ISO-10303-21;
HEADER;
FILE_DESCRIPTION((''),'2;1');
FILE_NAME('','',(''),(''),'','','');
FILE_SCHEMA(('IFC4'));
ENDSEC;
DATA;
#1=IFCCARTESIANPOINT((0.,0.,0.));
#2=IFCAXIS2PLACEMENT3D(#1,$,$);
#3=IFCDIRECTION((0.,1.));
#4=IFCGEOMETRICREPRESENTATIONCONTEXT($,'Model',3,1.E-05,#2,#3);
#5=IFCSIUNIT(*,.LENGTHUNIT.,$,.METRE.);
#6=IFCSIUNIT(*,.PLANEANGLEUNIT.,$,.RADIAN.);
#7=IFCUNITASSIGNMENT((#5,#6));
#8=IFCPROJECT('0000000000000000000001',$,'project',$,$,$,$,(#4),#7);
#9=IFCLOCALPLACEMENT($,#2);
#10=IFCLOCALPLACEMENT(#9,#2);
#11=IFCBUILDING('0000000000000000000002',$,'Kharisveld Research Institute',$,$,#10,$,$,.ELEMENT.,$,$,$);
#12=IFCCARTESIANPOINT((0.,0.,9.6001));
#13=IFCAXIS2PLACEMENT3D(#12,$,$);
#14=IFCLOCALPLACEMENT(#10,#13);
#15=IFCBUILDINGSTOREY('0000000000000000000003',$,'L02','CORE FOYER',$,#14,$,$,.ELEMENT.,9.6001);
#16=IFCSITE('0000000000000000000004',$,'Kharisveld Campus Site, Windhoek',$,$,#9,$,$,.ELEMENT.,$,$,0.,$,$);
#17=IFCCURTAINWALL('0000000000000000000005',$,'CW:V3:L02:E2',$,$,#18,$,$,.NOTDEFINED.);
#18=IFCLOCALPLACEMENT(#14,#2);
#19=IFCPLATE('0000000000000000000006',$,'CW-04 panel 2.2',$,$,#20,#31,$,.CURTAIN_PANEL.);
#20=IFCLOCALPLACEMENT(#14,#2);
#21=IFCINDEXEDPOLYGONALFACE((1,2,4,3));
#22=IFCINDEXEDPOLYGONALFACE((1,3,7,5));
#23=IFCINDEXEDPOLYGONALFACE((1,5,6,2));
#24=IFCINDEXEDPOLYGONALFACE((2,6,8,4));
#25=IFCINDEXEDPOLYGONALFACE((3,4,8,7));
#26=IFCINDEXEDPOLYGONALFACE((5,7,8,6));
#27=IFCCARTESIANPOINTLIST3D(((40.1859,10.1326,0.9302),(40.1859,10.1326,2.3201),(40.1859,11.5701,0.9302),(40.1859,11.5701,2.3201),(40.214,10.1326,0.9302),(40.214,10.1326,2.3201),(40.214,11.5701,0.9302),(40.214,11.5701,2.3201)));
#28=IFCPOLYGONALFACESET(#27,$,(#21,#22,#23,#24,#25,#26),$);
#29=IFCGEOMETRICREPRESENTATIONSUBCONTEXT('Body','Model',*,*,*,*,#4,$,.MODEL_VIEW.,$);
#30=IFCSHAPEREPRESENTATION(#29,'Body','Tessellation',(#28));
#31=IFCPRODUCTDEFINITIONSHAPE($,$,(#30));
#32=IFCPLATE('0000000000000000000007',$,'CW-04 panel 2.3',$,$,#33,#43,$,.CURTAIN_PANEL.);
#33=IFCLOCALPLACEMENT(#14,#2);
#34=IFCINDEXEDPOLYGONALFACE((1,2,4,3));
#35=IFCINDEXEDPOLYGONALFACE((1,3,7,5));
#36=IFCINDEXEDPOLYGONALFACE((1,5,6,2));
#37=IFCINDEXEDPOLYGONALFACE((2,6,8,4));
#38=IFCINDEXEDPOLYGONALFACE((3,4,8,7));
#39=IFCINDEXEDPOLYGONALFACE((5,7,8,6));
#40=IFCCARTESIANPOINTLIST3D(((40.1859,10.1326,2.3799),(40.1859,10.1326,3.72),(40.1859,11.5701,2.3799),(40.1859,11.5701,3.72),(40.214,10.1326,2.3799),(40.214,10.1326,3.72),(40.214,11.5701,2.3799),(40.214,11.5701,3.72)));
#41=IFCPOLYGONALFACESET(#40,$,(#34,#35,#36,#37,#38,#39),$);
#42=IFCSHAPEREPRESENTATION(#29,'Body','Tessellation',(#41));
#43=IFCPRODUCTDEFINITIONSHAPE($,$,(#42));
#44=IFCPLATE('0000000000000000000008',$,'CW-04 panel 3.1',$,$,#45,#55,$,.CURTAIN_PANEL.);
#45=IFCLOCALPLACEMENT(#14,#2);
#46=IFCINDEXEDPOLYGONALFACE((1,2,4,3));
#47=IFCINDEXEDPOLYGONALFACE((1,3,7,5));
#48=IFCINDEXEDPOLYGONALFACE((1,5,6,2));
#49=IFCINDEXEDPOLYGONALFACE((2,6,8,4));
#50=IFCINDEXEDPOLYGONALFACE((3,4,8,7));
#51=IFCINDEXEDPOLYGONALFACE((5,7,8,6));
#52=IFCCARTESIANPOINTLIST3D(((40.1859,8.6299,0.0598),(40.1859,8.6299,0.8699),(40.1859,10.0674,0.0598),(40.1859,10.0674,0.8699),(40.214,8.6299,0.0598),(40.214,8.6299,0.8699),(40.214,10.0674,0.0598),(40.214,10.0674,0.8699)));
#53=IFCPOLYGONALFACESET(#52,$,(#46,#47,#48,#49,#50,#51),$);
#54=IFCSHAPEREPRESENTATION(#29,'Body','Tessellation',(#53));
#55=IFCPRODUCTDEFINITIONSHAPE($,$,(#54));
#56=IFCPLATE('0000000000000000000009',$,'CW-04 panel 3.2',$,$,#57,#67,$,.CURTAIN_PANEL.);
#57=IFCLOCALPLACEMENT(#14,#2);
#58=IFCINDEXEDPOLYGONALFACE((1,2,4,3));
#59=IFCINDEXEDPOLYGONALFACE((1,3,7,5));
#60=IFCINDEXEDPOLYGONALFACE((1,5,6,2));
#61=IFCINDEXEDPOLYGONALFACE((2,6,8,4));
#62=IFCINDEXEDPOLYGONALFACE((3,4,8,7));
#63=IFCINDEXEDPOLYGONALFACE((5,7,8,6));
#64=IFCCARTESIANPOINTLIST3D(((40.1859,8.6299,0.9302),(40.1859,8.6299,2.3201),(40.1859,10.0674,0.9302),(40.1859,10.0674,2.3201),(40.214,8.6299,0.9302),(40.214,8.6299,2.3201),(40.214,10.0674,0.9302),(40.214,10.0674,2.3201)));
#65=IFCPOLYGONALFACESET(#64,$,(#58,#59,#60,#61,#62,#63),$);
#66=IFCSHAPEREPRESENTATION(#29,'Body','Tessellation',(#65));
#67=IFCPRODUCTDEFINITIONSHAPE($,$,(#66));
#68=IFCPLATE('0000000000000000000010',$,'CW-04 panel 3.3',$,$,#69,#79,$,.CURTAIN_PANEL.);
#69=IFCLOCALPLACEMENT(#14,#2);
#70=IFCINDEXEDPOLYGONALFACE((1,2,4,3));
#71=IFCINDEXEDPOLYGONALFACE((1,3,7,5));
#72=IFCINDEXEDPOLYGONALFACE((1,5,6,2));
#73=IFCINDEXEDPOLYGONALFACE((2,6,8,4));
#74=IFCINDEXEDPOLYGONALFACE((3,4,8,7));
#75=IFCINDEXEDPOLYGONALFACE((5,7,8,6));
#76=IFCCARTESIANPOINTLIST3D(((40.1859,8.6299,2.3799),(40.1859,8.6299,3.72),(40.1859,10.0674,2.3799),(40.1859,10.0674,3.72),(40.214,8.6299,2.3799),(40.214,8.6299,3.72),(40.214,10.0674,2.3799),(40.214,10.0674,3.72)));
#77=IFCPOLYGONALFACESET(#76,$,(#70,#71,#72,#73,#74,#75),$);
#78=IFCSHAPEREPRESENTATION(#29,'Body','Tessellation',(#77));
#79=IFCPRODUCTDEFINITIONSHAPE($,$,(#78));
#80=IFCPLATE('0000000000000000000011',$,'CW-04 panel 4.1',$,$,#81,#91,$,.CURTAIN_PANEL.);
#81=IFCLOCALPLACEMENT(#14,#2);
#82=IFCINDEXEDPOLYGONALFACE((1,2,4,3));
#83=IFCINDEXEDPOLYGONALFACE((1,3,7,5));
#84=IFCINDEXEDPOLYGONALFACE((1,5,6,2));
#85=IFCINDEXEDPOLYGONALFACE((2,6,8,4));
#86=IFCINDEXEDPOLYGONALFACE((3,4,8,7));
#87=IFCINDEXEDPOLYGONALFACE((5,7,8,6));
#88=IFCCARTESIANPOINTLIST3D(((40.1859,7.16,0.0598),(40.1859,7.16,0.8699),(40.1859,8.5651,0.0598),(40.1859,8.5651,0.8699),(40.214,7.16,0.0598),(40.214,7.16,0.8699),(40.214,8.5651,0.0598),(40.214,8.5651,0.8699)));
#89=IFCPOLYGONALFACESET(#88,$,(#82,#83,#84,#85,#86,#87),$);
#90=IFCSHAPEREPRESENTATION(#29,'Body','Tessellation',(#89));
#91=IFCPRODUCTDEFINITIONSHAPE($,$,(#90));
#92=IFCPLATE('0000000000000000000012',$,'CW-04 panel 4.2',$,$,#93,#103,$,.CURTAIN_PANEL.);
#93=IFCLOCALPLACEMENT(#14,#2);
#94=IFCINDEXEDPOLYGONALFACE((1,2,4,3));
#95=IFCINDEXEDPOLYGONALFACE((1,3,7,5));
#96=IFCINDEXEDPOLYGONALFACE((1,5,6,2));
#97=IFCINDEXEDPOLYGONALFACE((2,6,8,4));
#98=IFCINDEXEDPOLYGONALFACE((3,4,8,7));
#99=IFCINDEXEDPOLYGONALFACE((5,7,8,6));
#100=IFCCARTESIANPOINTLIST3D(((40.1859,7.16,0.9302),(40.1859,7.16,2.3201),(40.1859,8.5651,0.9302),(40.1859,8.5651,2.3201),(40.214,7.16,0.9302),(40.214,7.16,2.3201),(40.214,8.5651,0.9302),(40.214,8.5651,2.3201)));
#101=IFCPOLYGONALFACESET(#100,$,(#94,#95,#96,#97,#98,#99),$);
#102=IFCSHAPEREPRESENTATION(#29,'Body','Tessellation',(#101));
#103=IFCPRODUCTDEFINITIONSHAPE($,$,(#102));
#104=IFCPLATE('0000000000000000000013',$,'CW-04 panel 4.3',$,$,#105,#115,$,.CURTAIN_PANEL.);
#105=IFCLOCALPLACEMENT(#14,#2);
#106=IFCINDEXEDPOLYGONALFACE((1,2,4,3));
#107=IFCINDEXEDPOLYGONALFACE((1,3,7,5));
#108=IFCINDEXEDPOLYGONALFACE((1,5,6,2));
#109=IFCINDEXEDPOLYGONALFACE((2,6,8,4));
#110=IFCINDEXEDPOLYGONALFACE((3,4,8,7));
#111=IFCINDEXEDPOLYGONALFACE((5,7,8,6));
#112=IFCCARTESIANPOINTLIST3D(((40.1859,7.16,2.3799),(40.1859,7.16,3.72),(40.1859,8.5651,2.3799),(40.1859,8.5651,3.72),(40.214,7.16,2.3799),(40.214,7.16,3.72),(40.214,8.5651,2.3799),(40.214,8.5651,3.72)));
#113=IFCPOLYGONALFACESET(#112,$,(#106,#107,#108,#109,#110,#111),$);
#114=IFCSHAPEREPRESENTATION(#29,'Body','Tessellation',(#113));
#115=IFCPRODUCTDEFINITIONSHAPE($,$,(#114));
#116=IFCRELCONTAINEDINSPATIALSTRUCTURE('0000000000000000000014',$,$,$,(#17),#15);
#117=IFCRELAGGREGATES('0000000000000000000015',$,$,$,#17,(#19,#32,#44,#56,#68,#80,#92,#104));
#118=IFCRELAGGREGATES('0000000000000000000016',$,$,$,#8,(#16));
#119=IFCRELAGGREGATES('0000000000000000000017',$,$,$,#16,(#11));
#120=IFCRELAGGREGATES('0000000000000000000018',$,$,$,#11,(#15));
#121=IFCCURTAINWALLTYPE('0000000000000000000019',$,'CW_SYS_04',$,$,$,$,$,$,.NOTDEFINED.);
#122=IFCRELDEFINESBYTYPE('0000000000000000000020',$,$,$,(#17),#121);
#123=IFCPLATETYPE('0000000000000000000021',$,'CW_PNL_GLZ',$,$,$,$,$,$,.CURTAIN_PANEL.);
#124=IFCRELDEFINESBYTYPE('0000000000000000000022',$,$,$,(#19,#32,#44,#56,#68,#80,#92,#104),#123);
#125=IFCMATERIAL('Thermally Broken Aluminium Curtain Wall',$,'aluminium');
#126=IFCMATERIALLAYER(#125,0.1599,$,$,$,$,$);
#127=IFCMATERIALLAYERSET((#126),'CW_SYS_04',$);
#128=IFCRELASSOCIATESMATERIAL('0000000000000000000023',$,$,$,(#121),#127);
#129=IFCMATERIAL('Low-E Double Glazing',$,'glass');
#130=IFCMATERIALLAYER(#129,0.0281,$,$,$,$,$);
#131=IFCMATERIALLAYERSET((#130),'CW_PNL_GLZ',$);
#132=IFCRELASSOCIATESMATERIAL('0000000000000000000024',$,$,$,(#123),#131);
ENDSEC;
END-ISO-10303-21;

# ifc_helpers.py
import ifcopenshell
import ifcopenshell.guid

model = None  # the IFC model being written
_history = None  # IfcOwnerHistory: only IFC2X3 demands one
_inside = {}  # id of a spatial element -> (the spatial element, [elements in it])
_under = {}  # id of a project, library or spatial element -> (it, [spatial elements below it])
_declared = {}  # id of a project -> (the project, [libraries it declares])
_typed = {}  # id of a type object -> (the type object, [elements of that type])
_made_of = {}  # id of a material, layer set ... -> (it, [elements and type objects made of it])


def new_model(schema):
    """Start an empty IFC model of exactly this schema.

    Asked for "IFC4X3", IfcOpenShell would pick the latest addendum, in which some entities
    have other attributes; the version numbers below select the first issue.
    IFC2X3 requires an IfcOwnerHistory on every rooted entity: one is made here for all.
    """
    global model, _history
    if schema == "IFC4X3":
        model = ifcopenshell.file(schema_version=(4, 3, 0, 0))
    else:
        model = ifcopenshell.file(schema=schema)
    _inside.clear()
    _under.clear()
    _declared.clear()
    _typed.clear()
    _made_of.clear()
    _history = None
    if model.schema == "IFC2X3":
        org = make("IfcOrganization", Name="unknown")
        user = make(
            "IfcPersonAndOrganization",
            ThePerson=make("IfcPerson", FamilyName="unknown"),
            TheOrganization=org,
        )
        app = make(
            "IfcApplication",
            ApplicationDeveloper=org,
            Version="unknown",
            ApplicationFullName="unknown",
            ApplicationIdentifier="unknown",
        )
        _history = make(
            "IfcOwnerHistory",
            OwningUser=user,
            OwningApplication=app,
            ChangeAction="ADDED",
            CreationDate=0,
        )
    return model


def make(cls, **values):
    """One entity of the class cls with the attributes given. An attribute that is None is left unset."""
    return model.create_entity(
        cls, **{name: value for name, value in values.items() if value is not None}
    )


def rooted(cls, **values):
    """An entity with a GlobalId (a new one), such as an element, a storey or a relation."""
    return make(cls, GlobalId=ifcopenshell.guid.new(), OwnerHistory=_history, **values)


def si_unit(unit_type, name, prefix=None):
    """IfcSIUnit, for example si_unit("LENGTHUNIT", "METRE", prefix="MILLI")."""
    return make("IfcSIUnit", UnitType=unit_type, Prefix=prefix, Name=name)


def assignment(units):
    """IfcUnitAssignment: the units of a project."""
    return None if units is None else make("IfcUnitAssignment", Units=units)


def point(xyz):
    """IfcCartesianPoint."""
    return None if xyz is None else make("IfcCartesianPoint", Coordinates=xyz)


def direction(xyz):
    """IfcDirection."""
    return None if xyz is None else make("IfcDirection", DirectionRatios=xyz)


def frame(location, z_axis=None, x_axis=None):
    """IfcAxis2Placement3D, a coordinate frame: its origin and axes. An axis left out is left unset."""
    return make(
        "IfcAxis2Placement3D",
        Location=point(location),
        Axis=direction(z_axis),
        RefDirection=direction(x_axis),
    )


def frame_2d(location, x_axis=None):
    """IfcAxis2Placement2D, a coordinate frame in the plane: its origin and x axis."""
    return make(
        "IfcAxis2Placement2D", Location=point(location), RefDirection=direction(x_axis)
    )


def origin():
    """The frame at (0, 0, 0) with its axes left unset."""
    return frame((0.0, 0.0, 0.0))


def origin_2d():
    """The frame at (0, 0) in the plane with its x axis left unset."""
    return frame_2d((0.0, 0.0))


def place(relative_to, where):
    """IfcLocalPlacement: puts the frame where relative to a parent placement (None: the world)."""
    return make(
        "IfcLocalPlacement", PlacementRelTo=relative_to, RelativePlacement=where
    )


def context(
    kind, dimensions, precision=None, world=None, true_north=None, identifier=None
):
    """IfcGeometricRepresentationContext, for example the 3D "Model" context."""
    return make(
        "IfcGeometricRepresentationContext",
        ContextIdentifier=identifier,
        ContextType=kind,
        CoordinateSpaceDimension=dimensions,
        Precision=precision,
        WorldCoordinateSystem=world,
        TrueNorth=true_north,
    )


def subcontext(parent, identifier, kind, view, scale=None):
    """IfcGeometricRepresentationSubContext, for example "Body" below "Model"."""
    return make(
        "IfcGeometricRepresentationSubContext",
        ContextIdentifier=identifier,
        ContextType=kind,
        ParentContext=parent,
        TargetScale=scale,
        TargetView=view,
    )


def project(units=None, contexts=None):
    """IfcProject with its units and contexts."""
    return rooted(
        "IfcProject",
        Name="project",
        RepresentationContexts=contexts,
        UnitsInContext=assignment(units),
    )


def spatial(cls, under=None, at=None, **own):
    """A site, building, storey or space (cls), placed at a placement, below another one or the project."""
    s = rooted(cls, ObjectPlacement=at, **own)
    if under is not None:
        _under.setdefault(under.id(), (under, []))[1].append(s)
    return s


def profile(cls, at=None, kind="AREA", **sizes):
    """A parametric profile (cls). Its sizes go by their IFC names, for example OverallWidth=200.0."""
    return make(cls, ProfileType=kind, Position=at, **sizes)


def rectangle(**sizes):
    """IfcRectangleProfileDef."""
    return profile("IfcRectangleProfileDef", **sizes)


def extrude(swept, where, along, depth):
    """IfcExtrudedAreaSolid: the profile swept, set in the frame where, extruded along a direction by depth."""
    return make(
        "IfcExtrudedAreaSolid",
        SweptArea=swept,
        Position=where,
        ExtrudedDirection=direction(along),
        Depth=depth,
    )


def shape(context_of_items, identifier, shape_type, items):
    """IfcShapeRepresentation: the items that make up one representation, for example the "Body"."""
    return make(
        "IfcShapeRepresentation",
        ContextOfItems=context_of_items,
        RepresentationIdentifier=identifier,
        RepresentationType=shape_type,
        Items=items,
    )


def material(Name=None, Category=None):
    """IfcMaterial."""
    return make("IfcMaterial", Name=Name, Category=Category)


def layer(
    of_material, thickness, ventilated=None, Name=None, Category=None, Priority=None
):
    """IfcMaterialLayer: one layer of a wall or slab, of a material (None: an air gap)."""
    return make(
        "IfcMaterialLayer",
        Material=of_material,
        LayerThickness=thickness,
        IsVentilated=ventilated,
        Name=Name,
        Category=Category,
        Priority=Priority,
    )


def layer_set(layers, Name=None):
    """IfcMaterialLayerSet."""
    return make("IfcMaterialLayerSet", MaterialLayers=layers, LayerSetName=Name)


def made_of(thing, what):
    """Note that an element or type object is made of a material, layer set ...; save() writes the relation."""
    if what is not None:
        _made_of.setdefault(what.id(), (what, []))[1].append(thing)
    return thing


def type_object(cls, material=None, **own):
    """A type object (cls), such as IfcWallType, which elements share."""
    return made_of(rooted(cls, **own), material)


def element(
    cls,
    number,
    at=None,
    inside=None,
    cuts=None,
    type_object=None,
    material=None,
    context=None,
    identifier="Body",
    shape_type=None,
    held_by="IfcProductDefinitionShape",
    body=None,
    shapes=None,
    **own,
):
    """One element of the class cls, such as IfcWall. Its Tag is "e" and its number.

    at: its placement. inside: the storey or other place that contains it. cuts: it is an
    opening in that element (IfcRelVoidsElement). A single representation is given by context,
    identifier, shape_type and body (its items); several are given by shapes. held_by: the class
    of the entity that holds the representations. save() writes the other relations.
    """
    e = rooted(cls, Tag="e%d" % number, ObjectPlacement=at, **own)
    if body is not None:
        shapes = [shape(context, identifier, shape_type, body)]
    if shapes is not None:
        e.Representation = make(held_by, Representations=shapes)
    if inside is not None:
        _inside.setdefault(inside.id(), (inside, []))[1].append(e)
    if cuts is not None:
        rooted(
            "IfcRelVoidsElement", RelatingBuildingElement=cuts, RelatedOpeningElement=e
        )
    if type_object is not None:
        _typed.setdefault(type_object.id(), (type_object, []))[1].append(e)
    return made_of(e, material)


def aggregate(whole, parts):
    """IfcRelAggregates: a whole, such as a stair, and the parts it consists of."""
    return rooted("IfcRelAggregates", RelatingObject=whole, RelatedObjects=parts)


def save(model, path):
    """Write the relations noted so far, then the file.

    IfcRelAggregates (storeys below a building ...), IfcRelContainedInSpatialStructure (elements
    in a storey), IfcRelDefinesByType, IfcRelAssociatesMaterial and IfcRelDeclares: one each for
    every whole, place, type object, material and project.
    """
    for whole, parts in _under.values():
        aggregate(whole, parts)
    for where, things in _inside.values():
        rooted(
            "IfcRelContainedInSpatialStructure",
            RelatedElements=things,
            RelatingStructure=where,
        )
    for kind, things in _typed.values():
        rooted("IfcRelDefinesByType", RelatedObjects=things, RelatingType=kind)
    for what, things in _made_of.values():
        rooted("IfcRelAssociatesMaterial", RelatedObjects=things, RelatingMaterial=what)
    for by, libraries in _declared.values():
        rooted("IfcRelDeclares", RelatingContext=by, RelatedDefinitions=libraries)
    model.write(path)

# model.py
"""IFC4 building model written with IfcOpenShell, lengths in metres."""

from ifc_helpers import new_model, si_unit, direction, frame, origin, origin_2d, place, context, subcontext, project, spatial, rectangle, extrude, material, layer, layer_set, type_object, element, aggregate, save


model = new_model("IFC4")

# Units and contexts
model_context = context("Model", 3, precision=1e-05, world=origin(), true_north=direction((0.0, 1.0)))
body_context = subcontext(model_context, "Body", "Model", "MODEL_VIEW")
ifc_project = project(units=[si_unit("LENGTHUNIT", "METRE"), si_unit("PLANEANGLEUNIT", "RADIAN")], contexts=[model_context])

# Site, building, storey
site_placement = place(None, origin())
site = spatial("IfcSite", under=ifc_project, at=site_placement, Name="Kharisveld Campus Site, Windhoek", CompositionType="ELEMENT", RefElevation=0.0)
building_placement = place(site_placement, origin())
building = spatial("IfcBuilding", under=site, at=building_placement, Name="Kharisveld Research Institute", CompositionType="ELEMENT")
storey_placement = place(building_placement, frame((0.0, 0.0, 9.6001)))
storey = spatial("IfcBuildingStorey", under=building, at=storey_placement, Name="L02", Description="CORE FOYER", CompositionType="ELEMENT", Elevation=9.6001)

# Curtain wall
ifc_material_1 = material(Name="Thermally Broken Aluminium Curtain Wall", Category="aluminium")
ifc_layer_1 = layer(ifc_material_1, 0.1599)
ifc_layer_set_1 = layer_set([ifc_layer_1], Name="CW_SYS_04")
curtain_wall_type = type_object("IfcCurtainWallType", Name="CW_SYS_04", PredefinedType="NOTDEFINED", material=ifc_layer_set_1)
curtain_wall_placement = place(storey_placement, origin())
curtain_wall = element("IfcCurtainWall", 1, at=curtain_wall_placement, inside=storey, type_object=curtain_wall_type, Name="CW:V3:L02:E2", PredefinedType="NOTDEFINED")

# Plates
ifc_material_2 = material(Name="Low-E Double Glazing", Category="glass")
ifc_layer_2 = layer(ifc_material_2, 0.0281)
ifc_layer_set_2 = layer_set([ifc_layer_2], Name="CW_PNL_GLZ")
plate_type = type_object("IfcPlateType", Name="CW_PNL_GLZ", PredefinedType="CURTAIN_PANEL", material=ifc_layer_set_2)
plate_1_placement = place(storey_placement, frame((40.2, 10.8513, 0.9302), z_axis=(0.0, 0.0, 1.0), x_axis=(0.0, -1.0, 0.0)))
plate_1 = element("IfcPlate", 2, at=plate_1_placement, type_object=plate_type, Name="CW-04 panel 2.2", PredefinedType="CURTAIN_PANEL", context=body_context, shape_type="SweptSolid", body=[
    extrude(rectangle(XDim=1.4375, YDim=0.0281, at=origin_2d()), origin(), (0.0, 0.0, 1.0), 1.3899),
])
plate_2_placement = place(storey_placement, frame((40.2, 10.8513, 2.3799), z_axis=(0.0, 0.0, 1.0), x_axis=(0.0, -1.0, 0.0)))
plate_2 = element("IfcPlate", 3, at=plate_2_placement, type_object=plate_type, Name="CW-04 panel 2.3", PredefinedType="CURTAIN_PANEL", context=body_context, shape_type="SweptSolid", body=[
    extrude(rectangle(XDim=1.4375, YDim=0.0281, at=origin_2d()), origin(), (0.0, 0.0, 1.0), 1.3401),
])
plate_3_placement = place(storey_placement, frame((40.2, 9.3486, 0.0598), z_axis=(0.0, 0.0, 1.0), x_axis=(0.0, -1.0, 0.0)))
plate_3 = element("IfcPlate", 4, at=plate_3_placement, type_object=plate_type, Name="CW-04 panel 3.1", PredefinedType="CURTAIN_PANEL", context=body_context, shape_type="SweptSolid", body=[
    extrude(rectangle(XDim=1.4375, YDim=0.0281, at=origin_2d()), origin(), (0.0, 0.0, 1.0), 0.8101),
])
plate_4_placement = place(storey_placement, frame((40.2, 9.3486, 0.9302), z_axis=(0.0, 0.0, 1.0), x_axis=(0.0, -1.0, 0.0)))
plate_4 = element("IfcPlate", 5, at=plate_4_placement, type_object=plate_type, Name="CW-04 panel 3.2", PredefinedType="CURTAIN_PANEL", context=body_context, shape_type="SweptSolid", body=[
    extrude(rectangle(XDim=1.4375, YDim=0.0281, at=origin_2d()), origin(), (0.0, 0.0, 1.0), 1.3899),
])
plate_5_placement = place(storey_placement, frame((40.2, 9.3486, 2.3799), z_axis=(0.0, 0.0, 1.0), x_axis=(0.0, -1.0, 0.0)))
plate_5 = element("IfcPlate", 6, at=plate_5_placement, type_object=plate_type, Name="CW-04 panel 3.3", PredefinedType="CURTAIN_PANEL", context=body_context, shape_type="SweptSolid", body=[
    extrude(rectangle(XDim=1.4375, YDim=0.0281, at=origin_2d()), origin(), (0.0, 0.0, 1.0), 1.3401),
])
plate_6_placement = place(storey_placement, frame((40.2, 7.8625, 0.0598), z_axis=(0.0, 0.0, 1.0), x_axis=(0.0, -1.0, 0.0)))
plate_6 = element("IfcPlate", 7, at=plate_6_placement, type_object=plate_type, Name="CW-04 panel 4.1", PredefinedType="CURTAIN_PANEL", context=body_context, shape_type="SweptSolid", body=[
    extrude(rectangle(XDim=1.405, YDim=0.0281, at=origin_2d()), origin(), (0.0, 0.0, 1.0), 0.8101),
])
plate_7_placement = place(storey_placement, frame((40.2, 7.8625, 0.9302), z_axis=(0.0, 0.0, 1.0), x_axis=(0.0, -1.0, 0.0)))
plate_7 = element("IfcPlate", 8, at=plate_7_placement, type_object=plate_type, Name="CW-04 panel 4.2", PredefinedType="CURTAIN_PANEL", context=body_context, shape_type="SweptSolid", body=[
    extrude(rectangle(XDim=1.405, YDim=0.0281, at=origin_2d()), origin(), (0.0, 0.0, 1.0), 1.3899),
])
plate_8_placement = place(storey_placement, frame((40.2, 7.8625, 2.3799), z_axis=(0.0, 0.0, 1.0), x_axis=(0.0, -1.0, 0.0)))
plate_8 = element("IfcPlate", 9, at=plate_8_placement, type_object=plate_type, Name="CW-04 panel 4.3", PredefinedType="CURTAIN_PANEL", context=body_context, shape_type="SweptSolid", body=[
    extrude(rectangle(XDim=1.405, YDim=0.0281, at=origin_2d()), origin(), (0.0, 0.0, 1.0), 1.3401),
])
aggregate(curtain_wall, [plate_1, plate_2, plate_3, plate_4, plate_5, plate_6, plate_7, plate_8])

save(model, "model.ifc")
